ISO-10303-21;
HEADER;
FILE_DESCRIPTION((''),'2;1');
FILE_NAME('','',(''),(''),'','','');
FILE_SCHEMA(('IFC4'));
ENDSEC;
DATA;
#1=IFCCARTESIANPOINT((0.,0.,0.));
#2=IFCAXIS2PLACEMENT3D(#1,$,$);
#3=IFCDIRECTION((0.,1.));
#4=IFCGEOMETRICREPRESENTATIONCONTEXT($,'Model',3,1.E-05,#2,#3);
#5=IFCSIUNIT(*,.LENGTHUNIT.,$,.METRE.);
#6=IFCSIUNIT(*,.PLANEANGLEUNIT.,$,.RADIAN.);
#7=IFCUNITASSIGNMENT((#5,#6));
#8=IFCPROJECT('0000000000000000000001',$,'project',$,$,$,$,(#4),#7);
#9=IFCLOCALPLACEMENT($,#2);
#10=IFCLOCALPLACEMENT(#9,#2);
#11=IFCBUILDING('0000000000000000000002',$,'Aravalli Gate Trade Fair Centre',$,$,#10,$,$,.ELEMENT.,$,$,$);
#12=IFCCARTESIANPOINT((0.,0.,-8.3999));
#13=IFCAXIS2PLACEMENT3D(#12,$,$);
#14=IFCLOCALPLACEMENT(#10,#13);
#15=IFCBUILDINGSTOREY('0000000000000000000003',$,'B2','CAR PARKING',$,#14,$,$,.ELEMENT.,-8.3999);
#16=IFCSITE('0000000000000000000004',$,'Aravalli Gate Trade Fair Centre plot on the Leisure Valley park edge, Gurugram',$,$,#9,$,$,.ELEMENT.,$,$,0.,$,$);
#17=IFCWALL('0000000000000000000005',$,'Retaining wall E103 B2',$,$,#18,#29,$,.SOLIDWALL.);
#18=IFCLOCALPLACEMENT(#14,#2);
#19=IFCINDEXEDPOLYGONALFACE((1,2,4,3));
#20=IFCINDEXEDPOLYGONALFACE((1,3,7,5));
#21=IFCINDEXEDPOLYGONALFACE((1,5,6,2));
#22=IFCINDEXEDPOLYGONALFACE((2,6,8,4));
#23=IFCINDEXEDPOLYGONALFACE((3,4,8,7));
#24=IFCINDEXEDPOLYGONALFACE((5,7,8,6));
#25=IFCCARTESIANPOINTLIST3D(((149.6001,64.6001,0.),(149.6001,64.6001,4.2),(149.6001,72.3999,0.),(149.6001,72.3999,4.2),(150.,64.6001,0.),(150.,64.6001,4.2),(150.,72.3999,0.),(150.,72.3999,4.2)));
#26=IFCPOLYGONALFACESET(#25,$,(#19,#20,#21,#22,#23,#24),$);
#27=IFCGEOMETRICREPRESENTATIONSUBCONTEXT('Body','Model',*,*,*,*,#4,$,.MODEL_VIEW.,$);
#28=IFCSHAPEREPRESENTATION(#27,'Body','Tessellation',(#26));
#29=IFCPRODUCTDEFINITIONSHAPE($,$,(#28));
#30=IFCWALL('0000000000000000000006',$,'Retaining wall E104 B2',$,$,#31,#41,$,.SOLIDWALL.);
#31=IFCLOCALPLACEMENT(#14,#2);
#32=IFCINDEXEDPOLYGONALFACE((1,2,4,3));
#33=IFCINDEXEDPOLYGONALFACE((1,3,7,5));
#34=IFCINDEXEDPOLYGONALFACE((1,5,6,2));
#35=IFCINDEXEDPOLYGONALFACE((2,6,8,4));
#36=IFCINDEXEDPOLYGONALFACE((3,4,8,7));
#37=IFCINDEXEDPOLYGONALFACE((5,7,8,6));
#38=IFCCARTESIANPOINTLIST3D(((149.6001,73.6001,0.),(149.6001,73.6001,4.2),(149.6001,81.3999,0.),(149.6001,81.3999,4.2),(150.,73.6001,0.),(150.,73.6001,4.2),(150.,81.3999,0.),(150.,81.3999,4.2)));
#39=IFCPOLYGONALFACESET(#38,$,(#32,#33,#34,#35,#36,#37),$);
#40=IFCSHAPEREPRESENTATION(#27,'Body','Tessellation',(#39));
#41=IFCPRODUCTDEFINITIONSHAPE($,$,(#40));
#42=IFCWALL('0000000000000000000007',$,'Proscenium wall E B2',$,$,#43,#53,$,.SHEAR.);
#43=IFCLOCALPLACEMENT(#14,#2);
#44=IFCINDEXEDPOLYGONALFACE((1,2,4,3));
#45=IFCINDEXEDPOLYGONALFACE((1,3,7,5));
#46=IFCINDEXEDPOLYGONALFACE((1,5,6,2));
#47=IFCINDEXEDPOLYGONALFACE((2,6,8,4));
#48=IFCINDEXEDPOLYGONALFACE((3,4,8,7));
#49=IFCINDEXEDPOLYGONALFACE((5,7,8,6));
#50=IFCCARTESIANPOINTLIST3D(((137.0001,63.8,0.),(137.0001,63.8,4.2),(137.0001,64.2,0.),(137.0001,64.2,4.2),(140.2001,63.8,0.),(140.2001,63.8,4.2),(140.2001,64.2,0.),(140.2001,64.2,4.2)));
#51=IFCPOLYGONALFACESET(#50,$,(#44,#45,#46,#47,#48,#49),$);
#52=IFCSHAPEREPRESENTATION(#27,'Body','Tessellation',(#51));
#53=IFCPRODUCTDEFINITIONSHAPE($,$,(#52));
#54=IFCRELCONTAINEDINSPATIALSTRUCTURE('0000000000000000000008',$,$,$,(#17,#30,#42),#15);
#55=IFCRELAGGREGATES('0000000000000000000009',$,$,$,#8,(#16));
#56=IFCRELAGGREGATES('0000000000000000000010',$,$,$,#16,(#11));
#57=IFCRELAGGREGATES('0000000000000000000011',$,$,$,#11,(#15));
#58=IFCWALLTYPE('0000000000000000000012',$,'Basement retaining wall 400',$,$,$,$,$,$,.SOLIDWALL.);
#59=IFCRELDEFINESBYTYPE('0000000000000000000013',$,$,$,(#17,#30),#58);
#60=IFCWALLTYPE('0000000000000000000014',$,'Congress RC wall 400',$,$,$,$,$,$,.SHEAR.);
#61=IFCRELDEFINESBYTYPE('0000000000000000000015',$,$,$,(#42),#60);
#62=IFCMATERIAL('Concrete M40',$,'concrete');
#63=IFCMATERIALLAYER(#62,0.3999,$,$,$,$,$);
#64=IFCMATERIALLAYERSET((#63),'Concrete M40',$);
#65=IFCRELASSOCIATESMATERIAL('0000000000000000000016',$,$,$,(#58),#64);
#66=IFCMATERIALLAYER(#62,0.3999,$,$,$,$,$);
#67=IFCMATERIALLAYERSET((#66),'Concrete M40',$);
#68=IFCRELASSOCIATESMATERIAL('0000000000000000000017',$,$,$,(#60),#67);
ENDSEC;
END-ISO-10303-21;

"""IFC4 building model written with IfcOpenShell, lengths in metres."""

from ifc_helpers import new_model, si_unit, direction, frame, frame_2d, origin, place, context, subcontext, project, spatial, rectangle, extrude, material, layer, layer_set, type_object, element, save


model = new_model("IFC4")

# Units and contexts
model_context = context("Model", 3, precision=1e-05, world=origin(), true_north=direction((0.0, 1.0)))
body_context = subcontext(model_context, "Body", "Model", "MODEL_VIEW")
ifc_project = project(units=[si_unit("LENGTHUNIT", "METRE"), si_unit("PLANEANGLEUNIT", "RADIAN")], contexts=[model_context])

# Site, building, storey
site_placement = place(None, origin())
site = spatial("IfcSite", under=ifc_project, at=site_placement, Name="Aravalli Gate Trade Fair Centre plot on the Leisure Valley park edge, Gurugram", CompositionType="ELEMENT", RefElevation=0.0)
building_placement = place(site_placement, origin())
building = spatial("IfcBuilding", under=site, at=building_placement, Name="Aravalli Gate Trade Fair Centre", CompositionType="ELEMENT")
storey_placement = place(building_placement, frame((0.0, 0.0, -8.3999)))
storey = spatial("IfcBuildingStorey", under=building, at=storey_placement, Name="B2", Description="CAR PARKING", CompositionType="ELEMENT", Elevation=-8.3999)

# Walls
ifc_material_1 = material(Name="Concrete M40", Category="concrete")
ifc_layer_1 = layer(ifc_material_1, 0.3999)
ifc_layer_set_1 = layer_set([ifc_layer_1], Name="Concrete M40")
wall_type_1 = type_object("IfcWallType", Name="Basement retaining wall 400", PredefinedType="SOLIDWALL", material=ifc_layer_set_1)
for number, where, z_axis, x_axis, name in (
    (1, (149.8, 64.6001, 0.0), (0.0, 0.0, 1.0), (0.0, 1.0, 0.0), "Retaining wall E103 B2"),
    (2, (149.8, 73.6001, 0.0), (0.0, 0.0, 1.0), (0.0, 1.0, 0.0), "Retaining wall E104 B2"),
):
    element("IfcWall", number, at=place(storey_placement, frame(where, z_axis=z_axis, x_axis=x_axis)), inside=storey, type_object=wall_type_1, Name=name, PredefinedType="SOLIDWALL", context=body_context, shape_type="SweptSolid", body=[
        extrude(rectangle(XDim=7.7998, YDim=0.3999, at=frame_2d((3.8999, 0.0))), origin(), (0.0, 0.0, 1.0), 4.2),
    ])
ifc_layer_2 = layer(ifc_material_1, 0.3999)
ifc_layer_set_2 = layer_set([ifc_layer_2], Name="Concrete M40")
wall_type_2 = type_object("IfcWallType", Name="Congress RC wall 400", PredefinedType="SHEAR", material=ifc_layer_set_2)
wall_placement = place(storey_placement, frame((137.0, 64.0, 0.0), z_axis=(0.0, 0.0, 1.0), x_axis=(1.0, 0.0, 0.0)))
element("IfcWall", 3, at=wall_placement, inside=storey, type_object=wall_type_2, Name="Proscenium wall E B2", PredefinedType="SHEAR", context=body_context, shape_type="SweptSolid", body=[
    extrude(rectangle(XDim=3.2, YDim=0.3999, at=frame_2d((1.6001, 0.0))), origin(), (0.0, 0.0, 1.0), 4.2),
])

save(model, "model.ifc")
